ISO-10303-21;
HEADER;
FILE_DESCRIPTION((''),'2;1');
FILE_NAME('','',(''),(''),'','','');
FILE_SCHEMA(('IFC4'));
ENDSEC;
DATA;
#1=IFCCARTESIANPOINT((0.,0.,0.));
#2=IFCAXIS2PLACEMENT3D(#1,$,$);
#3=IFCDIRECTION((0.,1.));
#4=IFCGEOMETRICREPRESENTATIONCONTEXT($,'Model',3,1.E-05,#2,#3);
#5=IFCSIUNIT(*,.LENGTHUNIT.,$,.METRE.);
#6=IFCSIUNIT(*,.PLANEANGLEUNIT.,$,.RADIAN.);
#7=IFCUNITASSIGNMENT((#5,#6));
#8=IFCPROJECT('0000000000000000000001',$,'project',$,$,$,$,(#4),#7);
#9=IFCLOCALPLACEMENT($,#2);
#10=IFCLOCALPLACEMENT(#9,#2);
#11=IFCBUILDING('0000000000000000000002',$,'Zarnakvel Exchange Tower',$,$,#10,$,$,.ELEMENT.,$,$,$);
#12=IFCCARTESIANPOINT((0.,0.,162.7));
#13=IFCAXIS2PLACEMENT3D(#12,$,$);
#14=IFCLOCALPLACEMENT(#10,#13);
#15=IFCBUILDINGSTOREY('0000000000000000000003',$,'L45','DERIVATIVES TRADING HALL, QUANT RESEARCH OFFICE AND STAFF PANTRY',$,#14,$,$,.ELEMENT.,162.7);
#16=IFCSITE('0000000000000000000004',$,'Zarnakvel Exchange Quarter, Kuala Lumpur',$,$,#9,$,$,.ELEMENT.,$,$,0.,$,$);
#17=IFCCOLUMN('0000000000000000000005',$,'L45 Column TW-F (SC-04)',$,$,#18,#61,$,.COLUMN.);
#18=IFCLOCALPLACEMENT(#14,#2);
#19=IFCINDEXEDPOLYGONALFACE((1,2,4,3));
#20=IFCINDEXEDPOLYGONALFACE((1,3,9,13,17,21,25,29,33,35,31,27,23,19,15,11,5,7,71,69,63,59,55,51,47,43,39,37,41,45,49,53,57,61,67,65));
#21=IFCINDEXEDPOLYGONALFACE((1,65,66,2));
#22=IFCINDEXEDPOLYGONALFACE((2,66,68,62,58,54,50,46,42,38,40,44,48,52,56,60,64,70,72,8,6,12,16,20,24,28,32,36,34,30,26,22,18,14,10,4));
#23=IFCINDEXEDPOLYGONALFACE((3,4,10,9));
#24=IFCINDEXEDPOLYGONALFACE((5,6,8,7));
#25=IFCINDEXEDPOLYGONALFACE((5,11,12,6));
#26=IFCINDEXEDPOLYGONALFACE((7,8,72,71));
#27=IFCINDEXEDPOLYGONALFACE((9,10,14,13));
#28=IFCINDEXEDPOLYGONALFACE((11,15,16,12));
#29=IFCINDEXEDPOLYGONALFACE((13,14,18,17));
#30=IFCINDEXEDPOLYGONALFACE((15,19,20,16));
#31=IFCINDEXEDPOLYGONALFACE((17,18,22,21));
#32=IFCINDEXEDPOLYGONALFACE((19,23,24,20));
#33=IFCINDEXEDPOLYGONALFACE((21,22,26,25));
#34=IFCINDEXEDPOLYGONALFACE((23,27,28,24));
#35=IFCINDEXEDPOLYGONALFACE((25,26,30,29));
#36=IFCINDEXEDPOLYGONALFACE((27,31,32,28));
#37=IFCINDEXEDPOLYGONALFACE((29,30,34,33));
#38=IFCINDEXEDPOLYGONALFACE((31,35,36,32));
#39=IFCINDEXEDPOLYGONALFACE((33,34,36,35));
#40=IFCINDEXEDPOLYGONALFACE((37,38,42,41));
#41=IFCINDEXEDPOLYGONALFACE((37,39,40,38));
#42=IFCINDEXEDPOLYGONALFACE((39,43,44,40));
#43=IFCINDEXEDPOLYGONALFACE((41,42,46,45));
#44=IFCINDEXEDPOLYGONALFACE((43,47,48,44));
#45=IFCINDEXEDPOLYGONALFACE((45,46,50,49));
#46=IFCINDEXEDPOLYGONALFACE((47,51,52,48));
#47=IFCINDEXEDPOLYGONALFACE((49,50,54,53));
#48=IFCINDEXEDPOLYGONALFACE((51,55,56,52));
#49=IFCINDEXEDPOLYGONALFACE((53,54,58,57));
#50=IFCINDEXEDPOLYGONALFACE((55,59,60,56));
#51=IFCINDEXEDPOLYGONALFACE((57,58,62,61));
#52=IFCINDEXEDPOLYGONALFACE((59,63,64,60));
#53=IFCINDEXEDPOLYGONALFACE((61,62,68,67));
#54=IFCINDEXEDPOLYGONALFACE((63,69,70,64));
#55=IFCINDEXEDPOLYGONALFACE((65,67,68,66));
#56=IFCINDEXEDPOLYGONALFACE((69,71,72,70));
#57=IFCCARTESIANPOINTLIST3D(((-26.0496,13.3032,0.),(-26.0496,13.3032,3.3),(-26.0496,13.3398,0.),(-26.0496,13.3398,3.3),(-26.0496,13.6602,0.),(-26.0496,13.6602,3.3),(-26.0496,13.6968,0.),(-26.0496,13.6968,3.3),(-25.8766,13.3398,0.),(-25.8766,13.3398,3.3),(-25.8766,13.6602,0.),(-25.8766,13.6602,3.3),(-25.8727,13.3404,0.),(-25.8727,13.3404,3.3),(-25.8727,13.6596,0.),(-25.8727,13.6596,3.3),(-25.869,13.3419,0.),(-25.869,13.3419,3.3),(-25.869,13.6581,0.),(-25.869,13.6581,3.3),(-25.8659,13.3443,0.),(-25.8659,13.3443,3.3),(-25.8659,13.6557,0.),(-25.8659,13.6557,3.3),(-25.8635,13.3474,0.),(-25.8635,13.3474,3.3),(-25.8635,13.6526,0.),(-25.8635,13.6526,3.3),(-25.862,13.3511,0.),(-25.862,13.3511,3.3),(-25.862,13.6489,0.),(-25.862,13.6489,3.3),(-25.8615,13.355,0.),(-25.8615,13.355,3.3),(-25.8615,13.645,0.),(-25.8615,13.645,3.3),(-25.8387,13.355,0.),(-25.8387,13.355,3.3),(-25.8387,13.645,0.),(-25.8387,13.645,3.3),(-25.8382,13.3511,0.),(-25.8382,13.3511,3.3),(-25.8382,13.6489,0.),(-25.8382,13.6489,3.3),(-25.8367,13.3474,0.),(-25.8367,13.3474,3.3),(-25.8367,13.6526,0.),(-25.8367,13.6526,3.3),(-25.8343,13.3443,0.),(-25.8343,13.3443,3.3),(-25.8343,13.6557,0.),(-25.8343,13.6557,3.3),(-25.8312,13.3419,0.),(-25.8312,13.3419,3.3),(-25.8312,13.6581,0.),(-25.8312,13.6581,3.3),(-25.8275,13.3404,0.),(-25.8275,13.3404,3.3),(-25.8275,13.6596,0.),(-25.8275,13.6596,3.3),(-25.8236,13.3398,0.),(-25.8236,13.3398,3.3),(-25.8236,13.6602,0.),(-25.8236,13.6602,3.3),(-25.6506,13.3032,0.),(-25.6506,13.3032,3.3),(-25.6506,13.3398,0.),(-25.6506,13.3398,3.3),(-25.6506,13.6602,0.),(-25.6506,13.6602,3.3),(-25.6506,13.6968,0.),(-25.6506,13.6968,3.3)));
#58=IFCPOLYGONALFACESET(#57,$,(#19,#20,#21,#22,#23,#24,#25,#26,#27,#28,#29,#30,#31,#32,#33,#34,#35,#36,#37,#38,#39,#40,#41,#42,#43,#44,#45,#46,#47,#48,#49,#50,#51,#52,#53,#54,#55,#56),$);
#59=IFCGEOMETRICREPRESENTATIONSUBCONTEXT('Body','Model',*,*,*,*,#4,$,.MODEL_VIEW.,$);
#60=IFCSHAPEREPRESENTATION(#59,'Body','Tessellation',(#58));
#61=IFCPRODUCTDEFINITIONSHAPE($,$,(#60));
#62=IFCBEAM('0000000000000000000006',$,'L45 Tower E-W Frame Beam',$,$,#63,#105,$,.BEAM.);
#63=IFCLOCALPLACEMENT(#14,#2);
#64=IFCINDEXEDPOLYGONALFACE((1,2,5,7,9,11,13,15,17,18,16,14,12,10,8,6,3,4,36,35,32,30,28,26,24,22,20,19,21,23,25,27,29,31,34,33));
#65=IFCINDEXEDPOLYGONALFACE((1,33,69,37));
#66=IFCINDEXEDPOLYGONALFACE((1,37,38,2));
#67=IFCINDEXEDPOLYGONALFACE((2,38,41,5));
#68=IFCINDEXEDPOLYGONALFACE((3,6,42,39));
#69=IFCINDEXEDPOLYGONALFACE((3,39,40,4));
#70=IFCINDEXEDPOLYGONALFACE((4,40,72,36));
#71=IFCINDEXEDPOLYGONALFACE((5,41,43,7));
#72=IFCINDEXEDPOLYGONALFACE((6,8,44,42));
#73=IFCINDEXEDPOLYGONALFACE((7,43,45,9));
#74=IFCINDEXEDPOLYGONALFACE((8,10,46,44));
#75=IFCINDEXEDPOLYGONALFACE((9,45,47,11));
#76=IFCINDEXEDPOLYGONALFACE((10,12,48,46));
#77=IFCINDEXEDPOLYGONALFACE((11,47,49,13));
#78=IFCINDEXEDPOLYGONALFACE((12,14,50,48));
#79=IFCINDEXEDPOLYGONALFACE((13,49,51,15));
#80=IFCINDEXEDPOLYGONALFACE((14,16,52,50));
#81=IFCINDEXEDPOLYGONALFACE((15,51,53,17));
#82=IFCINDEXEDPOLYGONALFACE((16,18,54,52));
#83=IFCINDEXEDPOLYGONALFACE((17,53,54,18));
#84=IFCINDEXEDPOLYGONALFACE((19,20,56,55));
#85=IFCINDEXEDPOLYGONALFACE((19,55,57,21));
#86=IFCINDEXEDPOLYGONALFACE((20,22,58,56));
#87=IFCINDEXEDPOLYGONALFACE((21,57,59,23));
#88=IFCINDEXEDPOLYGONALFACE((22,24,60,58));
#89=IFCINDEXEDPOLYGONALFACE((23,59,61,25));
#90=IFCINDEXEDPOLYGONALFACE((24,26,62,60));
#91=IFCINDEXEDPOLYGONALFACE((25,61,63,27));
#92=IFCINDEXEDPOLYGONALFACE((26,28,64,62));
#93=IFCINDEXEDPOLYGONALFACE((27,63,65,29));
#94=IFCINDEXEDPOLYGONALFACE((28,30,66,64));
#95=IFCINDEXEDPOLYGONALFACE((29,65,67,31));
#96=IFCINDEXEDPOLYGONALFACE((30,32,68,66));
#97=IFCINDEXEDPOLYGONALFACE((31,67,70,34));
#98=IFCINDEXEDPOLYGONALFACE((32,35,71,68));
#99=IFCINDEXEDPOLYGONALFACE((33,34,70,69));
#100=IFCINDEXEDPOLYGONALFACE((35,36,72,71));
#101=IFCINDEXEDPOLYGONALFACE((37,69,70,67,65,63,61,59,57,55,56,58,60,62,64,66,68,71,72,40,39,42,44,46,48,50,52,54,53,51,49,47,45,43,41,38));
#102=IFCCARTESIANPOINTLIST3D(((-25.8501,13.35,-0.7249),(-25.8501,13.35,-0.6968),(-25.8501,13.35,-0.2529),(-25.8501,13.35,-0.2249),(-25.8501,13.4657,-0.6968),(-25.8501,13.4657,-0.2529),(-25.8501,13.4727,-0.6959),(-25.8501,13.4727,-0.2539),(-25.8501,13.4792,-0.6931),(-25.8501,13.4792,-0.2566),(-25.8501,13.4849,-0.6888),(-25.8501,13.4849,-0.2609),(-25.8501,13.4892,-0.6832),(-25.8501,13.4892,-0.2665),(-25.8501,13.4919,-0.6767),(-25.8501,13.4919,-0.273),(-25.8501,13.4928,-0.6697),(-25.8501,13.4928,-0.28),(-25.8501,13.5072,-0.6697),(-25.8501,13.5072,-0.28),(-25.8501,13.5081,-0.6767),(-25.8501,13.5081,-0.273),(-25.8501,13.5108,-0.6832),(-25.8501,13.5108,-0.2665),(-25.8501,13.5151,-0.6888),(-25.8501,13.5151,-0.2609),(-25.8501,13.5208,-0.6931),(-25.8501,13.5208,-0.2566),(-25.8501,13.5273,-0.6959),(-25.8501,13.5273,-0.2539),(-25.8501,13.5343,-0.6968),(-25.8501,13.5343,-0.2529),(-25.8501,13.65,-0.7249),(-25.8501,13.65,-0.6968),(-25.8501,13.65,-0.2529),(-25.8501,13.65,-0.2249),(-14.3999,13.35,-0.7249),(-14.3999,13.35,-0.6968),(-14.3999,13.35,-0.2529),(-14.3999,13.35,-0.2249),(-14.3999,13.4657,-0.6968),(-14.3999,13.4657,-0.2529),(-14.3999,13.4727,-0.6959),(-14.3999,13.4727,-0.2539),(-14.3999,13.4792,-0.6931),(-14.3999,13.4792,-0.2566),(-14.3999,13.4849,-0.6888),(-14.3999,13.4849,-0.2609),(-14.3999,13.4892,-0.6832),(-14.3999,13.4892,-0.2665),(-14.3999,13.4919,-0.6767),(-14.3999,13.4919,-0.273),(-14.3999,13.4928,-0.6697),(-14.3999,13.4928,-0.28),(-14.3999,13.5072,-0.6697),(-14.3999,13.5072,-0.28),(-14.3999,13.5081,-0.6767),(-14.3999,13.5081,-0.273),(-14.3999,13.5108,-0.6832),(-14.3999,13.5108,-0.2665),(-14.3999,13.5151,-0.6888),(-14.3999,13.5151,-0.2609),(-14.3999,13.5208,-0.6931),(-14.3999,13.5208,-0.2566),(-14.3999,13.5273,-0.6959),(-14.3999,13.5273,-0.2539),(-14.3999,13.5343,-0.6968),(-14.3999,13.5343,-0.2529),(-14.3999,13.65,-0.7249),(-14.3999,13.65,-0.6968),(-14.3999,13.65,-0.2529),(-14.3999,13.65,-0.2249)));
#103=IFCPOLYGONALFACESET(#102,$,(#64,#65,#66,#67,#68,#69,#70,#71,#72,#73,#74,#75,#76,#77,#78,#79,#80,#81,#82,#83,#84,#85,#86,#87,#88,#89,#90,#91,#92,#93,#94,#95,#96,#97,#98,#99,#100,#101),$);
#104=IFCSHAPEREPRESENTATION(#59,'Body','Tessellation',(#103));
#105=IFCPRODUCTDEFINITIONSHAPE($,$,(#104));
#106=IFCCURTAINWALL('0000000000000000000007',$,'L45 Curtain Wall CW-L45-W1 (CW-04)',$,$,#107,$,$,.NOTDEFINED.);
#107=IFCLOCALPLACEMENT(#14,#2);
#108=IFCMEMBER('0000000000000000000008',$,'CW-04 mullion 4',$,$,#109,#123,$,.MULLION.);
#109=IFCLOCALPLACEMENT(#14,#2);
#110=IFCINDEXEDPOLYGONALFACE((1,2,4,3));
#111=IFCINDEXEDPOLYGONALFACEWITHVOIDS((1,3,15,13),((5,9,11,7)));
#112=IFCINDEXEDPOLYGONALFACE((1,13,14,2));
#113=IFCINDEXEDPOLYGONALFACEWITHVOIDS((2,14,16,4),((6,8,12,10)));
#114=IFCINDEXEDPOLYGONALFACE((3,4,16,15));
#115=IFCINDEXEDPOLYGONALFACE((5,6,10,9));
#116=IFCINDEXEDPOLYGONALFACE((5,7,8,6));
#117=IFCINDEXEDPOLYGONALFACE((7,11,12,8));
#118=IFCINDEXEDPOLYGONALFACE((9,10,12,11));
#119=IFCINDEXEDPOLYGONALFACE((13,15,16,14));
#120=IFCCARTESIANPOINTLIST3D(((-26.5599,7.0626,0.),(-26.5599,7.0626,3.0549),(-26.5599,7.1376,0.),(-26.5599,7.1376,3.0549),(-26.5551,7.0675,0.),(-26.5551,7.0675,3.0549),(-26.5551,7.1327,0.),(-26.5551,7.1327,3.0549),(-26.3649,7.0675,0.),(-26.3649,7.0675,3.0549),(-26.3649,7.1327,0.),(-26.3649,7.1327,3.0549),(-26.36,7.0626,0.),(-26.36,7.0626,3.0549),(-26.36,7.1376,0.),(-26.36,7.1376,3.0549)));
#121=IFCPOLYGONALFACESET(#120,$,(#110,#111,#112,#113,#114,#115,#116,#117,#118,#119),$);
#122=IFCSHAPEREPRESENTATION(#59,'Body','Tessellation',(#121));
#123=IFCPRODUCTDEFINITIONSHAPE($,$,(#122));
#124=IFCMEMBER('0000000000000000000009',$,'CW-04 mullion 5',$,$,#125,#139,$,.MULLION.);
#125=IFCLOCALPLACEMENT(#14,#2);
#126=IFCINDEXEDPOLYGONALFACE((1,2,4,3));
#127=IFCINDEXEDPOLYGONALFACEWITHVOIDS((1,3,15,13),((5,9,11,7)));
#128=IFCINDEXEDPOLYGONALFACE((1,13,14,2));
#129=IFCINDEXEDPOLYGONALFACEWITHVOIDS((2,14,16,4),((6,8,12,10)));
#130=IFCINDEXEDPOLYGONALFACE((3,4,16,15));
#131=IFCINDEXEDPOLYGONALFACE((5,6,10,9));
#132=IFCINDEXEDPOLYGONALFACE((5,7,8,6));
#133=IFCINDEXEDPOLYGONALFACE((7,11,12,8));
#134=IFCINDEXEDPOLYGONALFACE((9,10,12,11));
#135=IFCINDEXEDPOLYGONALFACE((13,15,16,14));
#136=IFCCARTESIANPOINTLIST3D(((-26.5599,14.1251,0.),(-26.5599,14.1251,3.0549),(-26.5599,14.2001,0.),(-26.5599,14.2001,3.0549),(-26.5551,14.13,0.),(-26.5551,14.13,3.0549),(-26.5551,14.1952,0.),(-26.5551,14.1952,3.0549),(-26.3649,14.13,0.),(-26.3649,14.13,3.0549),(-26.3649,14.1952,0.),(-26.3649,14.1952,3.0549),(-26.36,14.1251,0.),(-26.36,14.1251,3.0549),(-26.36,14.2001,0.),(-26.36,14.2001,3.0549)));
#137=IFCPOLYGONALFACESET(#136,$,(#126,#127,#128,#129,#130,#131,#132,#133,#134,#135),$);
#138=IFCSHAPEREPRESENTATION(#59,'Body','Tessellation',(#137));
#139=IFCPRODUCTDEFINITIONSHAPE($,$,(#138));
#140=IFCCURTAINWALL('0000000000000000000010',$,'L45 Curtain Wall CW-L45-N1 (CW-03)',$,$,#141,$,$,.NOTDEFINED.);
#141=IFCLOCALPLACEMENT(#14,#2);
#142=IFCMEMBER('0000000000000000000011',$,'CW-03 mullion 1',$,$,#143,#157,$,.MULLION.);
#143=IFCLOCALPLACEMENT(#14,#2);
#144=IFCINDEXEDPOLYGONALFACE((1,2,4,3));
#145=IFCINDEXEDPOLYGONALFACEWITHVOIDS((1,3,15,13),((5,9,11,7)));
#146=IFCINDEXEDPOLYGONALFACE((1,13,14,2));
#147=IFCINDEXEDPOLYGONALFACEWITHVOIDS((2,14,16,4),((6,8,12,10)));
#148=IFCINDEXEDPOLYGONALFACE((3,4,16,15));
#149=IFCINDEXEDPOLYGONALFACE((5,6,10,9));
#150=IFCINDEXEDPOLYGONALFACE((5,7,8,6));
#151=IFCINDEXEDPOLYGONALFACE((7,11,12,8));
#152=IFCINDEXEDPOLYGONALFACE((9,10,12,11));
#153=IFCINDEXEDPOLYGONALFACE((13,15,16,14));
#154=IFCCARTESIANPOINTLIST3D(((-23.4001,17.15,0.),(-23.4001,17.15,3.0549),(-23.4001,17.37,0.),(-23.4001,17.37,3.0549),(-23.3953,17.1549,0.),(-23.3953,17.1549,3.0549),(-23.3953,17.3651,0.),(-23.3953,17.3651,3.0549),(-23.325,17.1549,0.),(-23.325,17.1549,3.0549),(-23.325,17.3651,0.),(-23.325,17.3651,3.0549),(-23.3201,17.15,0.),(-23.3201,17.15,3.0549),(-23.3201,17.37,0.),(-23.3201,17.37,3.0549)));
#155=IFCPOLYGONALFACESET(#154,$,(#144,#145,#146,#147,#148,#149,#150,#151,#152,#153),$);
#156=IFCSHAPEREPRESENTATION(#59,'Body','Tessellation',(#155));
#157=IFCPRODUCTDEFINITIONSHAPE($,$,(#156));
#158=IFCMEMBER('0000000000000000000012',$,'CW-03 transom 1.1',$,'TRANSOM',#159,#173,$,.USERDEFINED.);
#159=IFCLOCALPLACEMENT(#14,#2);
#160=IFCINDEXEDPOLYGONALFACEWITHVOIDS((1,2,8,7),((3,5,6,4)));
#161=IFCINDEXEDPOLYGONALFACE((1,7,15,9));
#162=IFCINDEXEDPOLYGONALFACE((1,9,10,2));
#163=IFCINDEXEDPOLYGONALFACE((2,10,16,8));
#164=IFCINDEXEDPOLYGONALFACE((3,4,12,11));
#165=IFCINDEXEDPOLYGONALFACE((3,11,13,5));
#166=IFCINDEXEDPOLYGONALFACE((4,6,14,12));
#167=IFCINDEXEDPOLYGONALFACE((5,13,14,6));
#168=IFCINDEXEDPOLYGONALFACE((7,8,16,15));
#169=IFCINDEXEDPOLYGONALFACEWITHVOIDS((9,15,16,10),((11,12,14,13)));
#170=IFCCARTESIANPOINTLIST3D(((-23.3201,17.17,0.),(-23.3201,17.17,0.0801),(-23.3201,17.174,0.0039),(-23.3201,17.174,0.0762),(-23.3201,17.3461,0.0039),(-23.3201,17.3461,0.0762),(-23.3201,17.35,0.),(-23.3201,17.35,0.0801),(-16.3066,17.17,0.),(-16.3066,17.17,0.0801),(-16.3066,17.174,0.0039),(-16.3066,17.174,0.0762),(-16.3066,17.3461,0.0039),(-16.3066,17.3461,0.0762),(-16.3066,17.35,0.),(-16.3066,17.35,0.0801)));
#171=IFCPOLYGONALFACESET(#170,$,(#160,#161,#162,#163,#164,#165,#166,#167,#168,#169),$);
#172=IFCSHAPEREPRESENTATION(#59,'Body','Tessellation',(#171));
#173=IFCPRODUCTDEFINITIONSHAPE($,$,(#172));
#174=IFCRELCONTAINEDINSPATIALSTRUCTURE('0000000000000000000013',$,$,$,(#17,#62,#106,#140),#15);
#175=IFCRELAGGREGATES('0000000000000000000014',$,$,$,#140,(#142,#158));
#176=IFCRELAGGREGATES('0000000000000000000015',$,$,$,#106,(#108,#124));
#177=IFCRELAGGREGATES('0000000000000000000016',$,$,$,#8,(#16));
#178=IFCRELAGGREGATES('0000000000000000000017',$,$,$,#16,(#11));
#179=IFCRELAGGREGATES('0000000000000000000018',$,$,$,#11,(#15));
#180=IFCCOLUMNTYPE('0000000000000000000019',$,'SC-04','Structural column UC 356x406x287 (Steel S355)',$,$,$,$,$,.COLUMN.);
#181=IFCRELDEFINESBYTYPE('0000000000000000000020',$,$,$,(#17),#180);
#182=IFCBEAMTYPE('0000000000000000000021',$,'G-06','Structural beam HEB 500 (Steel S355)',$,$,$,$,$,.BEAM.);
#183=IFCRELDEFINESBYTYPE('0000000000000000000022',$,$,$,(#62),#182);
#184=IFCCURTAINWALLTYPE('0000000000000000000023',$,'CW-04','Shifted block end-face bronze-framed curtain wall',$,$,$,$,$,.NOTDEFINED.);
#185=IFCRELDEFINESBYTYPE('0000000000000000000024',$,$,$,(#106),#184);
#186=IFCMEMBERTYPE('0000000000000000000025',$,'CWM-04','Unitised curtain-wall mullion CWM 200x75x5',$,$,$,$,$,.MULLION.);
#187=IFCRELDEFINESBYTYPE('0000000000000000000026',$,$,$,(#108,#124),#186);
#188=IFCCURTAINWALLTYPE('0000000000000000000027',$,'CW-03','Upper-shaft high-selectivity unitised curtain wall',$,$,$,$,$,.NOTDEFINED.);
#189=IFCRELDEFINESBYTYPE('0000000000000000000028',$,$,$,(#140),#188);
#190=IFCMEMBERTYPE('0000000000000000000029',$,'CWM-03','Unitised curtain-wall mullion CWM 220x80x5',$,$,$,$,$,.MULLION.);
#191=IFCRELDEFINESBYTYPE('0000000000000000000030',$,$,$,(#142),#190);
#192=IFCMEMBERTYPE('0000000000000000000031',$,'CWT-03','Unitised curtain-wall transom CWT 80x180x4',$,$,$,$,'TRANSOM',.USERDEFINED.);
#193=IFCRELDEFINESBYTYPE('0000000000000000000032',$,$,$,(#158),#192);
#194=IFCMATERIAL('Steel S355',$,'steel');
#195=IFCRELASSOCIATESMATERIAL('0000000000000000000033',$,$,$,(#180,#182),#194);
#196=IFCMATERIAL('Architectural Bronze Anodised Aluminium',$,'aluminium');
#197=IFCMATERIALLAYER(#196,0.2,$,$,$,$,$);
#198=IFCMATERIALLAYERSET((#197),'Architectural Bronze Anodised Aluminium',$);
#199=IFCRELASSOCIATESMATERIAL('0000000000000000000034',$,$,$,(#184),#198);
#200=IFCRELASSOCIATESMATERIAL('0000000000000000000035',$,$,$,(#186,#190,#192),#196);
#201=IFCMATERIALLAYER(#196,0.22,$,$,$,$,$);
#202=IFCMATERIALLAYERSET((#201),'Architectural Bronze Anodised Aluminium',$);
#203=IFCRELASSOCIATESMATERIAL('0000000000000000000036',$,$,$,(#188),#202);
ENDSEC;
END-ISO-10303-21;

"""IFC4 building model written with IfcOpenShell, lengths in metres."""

from ifc_helpers import new_model, si_unit, direction, frame, origin, origin_2d, place, context, subcontext, project, spatial, hollow_rectangle, i_section, extrude, source, transform, mapped, material, layer, layer_set, material_profile, profile_set, type_object, element, aggregate, save


model = new_model("IFC4")

# Units and contexts
model_context = context("Model", 3, precision=1e-05, world=origin(), true_north=direction((0.0, 1.0)))
body_context = subcontext(model_context, "Body", "Model", "MODEL_VIEW")
ifc_project = project(units=[si_unit("LENGTHUNIT", "METRE"), si_unit("PLANEANGLEUNIT", "RADIAN")], contexts=[model_context])

# Site, building, storey
site_placement = place(None, origin())
site = spatial("IfcSite", under=ifc_project, at=site_placement, Name="Zarnakvel Exchange Quarter, Kuala Lumpur", CompositionType="ELEMENT", RefElevation=0.0)
building_placement = place(site_placement, origin())
building = spatial("IfcBuilding", under=site, at=building_placement, Name="Zarnakvel Exchange Tower", CompositionType="ELEMENT")
storey_placement = place(building_placement, frame((0.0, 0.0, 162.7)))
storey = spatial("IfcBuildingStorey", under=building, at=storey_placement, Name="L45", Description="DERIVATIVES TRADING HALL, QUANT RESEARCH OFFICE AND STAFF PANTRY", CompositionType="ELEMENT", Elevation=162.7)

# Column
ifc_material_1 = material(Name="Steel S355", Category="steel")
ifc_material_profile_1 = material_profile(ifc_material_1, i_section(OverallWidth=0.3989, OverallDepth=0.3936, WebThickness=0.0227, FlangeThickness=0.0366, FilletRadius=0.0151, at=origin_2d()))
ifc_profile_set_1 = profile_set([ifc_material_profile_1], Name="Steel S355")
column_type = type_object("IfcColumnType", Name="SC-04", Description="Structural column UC 356x406x287 (Steel S355)", PredefinedType="COLUMN", material=ifc_profile_set_1)
column_placement = place(storey_placement, frame((-25.8501, 13.5, 0.0), z_axis=(0.0, 0.0, 1.0), x_axis=(1.0, 0.0, 0.0)))
element("IfcColumn", 1, at=column_placement, inside=storey, type_object=column_type, Name="L45 Column TW-F (SC-04)", PredefinedType="COLUMN", context=body_context, shape_type="SweptSolid", body=[
    extrude(i_section(OverallWidth=0.3989, OverallDepth=0.3936, WebThickness=0.0227, FlangeThickness=0.0366, FilletRadius=0.0151, at=origin_2d()), origin(), (0.0, 0.0, 1.0), 3.3),
])

# Beam
ifc_material_profile_2 = material_profile(ifc_material_1, i_section(OverallWidth=0.3, OverallDepth=0.5, WebThickness=0.0144, FlangeThickness=0.0281, FilletRadius=0.0271, at=origin_2d()))
ifc_profile_set_2 = profile_set([ifc_material_profile_2], Name="Steel S355")
beam_type = type_object("IfcBeamType", Name="G-06", Description="Structural beam HEB 500 (Steel S355)", PredefinedType="BEAM", material=ifc_profile_set_2)
beam_placement = place(storey_placement, frame((-25.8501, 13.5, -0.4749), z_axis=(1.0, 0.0, 0.0), x_axis=(0.0, 1.0, 0.0)))
element("IfcBeam", 2, at=beam_placement, inside=storey, type_object=beam_type, Name="L45 Tower E-W Frame Beam", PredefinedType="BEAM", context=body_context, shape_type="SweptSolid", body=[
    extrude(i_section(OverallWidth=0.3, OverallDepth=0.5, WebThickness=0.0144, FlangeThickness=0.0281, FilletRadius=0.0271, at=origin_2d()), origin(), (0.0, 0.0, 1.0), 11.4502),
])

# Curtain walls, members
ifc_material_2 = material(Name="Architectural Bronze Anodised Aluminium", Category="aluminium")
ifc_layer_1 = layer(ifc_material_2, 0.2)
ifc_layer_set_1 = layer_set([ifc_layer_1], Name="Architectural Bronze Anodised Aluminium")
curtain_wall_type_1 = type_object("IfcCurtainWallType", Name="CW-04", Description="Shifted block end-face bronze-framed curtain wall", PredefinedType="NOTDEFINED", material=ifc_layer_set_1)
curtain_wall_1_placement = place(storey_placement, origin())
curtain_wall_1 = element("IfcCurtainWall", 3, at=curtain_wall_1_placement, inside=storey, type_object=curtain_wall_type_1, Name="L45 Curtain Wall CW-L45-W1 (CW-04)", PredefinedType="NOTDEFINED")
ifc_material_profile_3 = material_profile(ifc_material_2, hollow_rectangle(XDim=0.2, YDim=0.075, WallThickness=0.0049, at=origin_2d()))
ifc_profile_set_3 = profile_set([ifc_material_profile_3], Name="Architectural Bronze Anodised Aluminium")
member_type_1 = type_object("IfcMemberType", Name="CWM-04", Description="Unitised curtain-wall mullion CWM 200x75x5", PredefinedType="MULLION", material=ifc_profile_set_3)
shared_shape_1 = source(origin(), body_context, "Body", "SweptSolid", [
    extrude(hollow_rectangle(XDim=0.2, YDim=0.075, WallThickness=0.0049, at=origin_2d()), origin(), (0.0, 0.0, 1.0), 3.0549),
])
member_1_placement = place(storey_placement, frame((-26.46, 7.1001, 0.0), z_axis=(0.0, 0.0, 1.0), x_axis=(-1.0, 0.0, 0.0)))
member_1 = element("IfcMember", 4, at=member_1_placement, type_object=member_type_1, Name="CW-04 mullion 4", PredefinedType="MULLION", context=body_context, shape_type="MappedRepresentation", body=[
    mapped(shared_shape_1, transform((0.0, 0.0, 0.0), x_axis=(1.0, 0.0, 0.0), y_axis=(0.0, 1.0, 0.0), z_axis=(0.0, 0.0, 1.0), scale=1.0)),
])
member_2_placement = place(storey_placement, frame((-26.46, 14.1626, 0.0), z_axis=(0.0, 0.0, 1.0), x_axis=(-1.0, 0.0, 0.0)))
member_2 = element("IfcMember", 5, at=member_2_placement, type_object=member_type_1, Name="CW-04 mullion 5", PredefinedType="MULLION", context=body_context, shape_type="MappedRepresentation", body=[
    mapped(shared_shape_1, transform((0.0, 0.0, 0.0), x_axis=(1.0, 0.0, 0.0), y_axis=(0.0, 1.0, 0.0), z_axis=(0.0, 0.0, 1.0), scale=1.0)),
])
ifc_layer_2 = layer(ifc_material_2, 0.22)
ifc_layer_set_2 = layer_set([ifc_layer_2], Name="Architectural Bronze Anodised Aluminium")
curtain_wall_type_2 = type_object("IfcCurtainWallType", Name="CW-03", Description="Upper-shaft high-selectivity unitised curtain wall", PredefinedType="NOTDEFINED", material=ifc_layer_set_2)
curtain_wall_2_placement = place(storey_placement, origin())
curtain_wall_2 = element("IfcCurtainWall", 6, at=curtain_wall_2_placement, inside=storey, type_object=curtain_wall_type_2, Name="L45 Curtain Wall CW-L45-N1 (CW-03)", PredefinedType="NOTDEFINED")
ifc_material_profile_4 = material_profile(ifc_material_2, hollow_rectangle(XDim=0.22, YDim=0.0801, WallThickness=0.0049, at=origin_2d()))
ifc_profile_set_4 = profile_set([ifc_material_profile_4], Name="Architectural Bronze Anodised Aluminium")
member_type_2 = type_object("IfcMemberType", Name="CWM-03", Description="Unitised curtain-wall mullion CWM 220x80x5", PredefinedType="MULLION", material=ifc_profile_set_4)
shared_shape_2 = source(origin(), body_context, "Body", "SweptSolid", [
    extrude(hollow_rectangle(XDim=0.22, YDim=0.0801, WallThickness=0.0049, at=origin_2d()), origin(), (0.0, 0.0, 1.0), 3.0549),
])
member_3_placement = place(storey_placement, frame((-23.3601, 17.26, 0.0), z_axis=(0.0, 0.0, 1.0), x_axis=(0.0, 1.0, 0.0)))
member_3 = element("IfcMember", 7, at=member_3_placement, type_object=member_type_2, Name="CW-03 mullion 1", PredefinedType="MULLION", context=body_context, shape_type="MappedRepresentation", body=[
    mapped(shared_shape_2, transform((0.0, 0.0, 0.0), x_axis=(1.0, 0.0, 0.0), y_axis=(0.0, 1.0, 0.0), z_axis=(0.0, 0.0, 1.0), scale=1.0)),
])
ifc_material_profile_5 = material_profile(ifc_material_2, hollow_rectangle(XDim=0.1799, YDim=0.0801, WallThickness=0.0039, at=origin_2d()))
ifc_profile_set_5 = profile_set([ifc_material_profile_5], Name="Architectural Bronze Anodised Aluminium")
member_type_3 = type_object("IfcMemberType", Name="CWT-03", Description="Unitised curtain-wall transom CWT 80x180x4", ElementType="TRANSOM", PredefinedType="USERDEFINED", material=ifc_profile_set_5)
shared_shape_3 = source(origin(), body_context, "Body", "SweptSolid", [
    extrude(hollow_rectangle(XDim=0.1799, YDim=0.0801, WallThickness=0.0039, at=origin_2d()), origin(), (0.0, 0.0, 1.0), 7.0134),
])
member_4_placement = place(storey_placement, frame((-23.3201, 17.26, 0.04), z_axis=(1.0, 0.0, 0.0), x_axis=(0.0, 1.0, 0.0)))
member_4 = element("IfcMember", 8, at=member_4_placement, type_object=member_type_3, Name="CW-03 transom 1.1", ObjectType="TRANSOM", PredefinedType="USERDEFINED", context=body_context, shape_type="MappedRepresentation", body=[
    mapped(shared_shape_3, transform((0.0, 0.0, 0.0), x_axis=(1.0, 0.0, 0.0), y_axis=(0.0, 1.0, 0.0), z_axis=(0.0, 0.0, 1.0), scale=1.0)),
])
aggregate(curtain_wall_2, [member_3, member_4])

aggregate(curtain_wall_1, [member_1, member_2])

save(model, "model.ifc")
